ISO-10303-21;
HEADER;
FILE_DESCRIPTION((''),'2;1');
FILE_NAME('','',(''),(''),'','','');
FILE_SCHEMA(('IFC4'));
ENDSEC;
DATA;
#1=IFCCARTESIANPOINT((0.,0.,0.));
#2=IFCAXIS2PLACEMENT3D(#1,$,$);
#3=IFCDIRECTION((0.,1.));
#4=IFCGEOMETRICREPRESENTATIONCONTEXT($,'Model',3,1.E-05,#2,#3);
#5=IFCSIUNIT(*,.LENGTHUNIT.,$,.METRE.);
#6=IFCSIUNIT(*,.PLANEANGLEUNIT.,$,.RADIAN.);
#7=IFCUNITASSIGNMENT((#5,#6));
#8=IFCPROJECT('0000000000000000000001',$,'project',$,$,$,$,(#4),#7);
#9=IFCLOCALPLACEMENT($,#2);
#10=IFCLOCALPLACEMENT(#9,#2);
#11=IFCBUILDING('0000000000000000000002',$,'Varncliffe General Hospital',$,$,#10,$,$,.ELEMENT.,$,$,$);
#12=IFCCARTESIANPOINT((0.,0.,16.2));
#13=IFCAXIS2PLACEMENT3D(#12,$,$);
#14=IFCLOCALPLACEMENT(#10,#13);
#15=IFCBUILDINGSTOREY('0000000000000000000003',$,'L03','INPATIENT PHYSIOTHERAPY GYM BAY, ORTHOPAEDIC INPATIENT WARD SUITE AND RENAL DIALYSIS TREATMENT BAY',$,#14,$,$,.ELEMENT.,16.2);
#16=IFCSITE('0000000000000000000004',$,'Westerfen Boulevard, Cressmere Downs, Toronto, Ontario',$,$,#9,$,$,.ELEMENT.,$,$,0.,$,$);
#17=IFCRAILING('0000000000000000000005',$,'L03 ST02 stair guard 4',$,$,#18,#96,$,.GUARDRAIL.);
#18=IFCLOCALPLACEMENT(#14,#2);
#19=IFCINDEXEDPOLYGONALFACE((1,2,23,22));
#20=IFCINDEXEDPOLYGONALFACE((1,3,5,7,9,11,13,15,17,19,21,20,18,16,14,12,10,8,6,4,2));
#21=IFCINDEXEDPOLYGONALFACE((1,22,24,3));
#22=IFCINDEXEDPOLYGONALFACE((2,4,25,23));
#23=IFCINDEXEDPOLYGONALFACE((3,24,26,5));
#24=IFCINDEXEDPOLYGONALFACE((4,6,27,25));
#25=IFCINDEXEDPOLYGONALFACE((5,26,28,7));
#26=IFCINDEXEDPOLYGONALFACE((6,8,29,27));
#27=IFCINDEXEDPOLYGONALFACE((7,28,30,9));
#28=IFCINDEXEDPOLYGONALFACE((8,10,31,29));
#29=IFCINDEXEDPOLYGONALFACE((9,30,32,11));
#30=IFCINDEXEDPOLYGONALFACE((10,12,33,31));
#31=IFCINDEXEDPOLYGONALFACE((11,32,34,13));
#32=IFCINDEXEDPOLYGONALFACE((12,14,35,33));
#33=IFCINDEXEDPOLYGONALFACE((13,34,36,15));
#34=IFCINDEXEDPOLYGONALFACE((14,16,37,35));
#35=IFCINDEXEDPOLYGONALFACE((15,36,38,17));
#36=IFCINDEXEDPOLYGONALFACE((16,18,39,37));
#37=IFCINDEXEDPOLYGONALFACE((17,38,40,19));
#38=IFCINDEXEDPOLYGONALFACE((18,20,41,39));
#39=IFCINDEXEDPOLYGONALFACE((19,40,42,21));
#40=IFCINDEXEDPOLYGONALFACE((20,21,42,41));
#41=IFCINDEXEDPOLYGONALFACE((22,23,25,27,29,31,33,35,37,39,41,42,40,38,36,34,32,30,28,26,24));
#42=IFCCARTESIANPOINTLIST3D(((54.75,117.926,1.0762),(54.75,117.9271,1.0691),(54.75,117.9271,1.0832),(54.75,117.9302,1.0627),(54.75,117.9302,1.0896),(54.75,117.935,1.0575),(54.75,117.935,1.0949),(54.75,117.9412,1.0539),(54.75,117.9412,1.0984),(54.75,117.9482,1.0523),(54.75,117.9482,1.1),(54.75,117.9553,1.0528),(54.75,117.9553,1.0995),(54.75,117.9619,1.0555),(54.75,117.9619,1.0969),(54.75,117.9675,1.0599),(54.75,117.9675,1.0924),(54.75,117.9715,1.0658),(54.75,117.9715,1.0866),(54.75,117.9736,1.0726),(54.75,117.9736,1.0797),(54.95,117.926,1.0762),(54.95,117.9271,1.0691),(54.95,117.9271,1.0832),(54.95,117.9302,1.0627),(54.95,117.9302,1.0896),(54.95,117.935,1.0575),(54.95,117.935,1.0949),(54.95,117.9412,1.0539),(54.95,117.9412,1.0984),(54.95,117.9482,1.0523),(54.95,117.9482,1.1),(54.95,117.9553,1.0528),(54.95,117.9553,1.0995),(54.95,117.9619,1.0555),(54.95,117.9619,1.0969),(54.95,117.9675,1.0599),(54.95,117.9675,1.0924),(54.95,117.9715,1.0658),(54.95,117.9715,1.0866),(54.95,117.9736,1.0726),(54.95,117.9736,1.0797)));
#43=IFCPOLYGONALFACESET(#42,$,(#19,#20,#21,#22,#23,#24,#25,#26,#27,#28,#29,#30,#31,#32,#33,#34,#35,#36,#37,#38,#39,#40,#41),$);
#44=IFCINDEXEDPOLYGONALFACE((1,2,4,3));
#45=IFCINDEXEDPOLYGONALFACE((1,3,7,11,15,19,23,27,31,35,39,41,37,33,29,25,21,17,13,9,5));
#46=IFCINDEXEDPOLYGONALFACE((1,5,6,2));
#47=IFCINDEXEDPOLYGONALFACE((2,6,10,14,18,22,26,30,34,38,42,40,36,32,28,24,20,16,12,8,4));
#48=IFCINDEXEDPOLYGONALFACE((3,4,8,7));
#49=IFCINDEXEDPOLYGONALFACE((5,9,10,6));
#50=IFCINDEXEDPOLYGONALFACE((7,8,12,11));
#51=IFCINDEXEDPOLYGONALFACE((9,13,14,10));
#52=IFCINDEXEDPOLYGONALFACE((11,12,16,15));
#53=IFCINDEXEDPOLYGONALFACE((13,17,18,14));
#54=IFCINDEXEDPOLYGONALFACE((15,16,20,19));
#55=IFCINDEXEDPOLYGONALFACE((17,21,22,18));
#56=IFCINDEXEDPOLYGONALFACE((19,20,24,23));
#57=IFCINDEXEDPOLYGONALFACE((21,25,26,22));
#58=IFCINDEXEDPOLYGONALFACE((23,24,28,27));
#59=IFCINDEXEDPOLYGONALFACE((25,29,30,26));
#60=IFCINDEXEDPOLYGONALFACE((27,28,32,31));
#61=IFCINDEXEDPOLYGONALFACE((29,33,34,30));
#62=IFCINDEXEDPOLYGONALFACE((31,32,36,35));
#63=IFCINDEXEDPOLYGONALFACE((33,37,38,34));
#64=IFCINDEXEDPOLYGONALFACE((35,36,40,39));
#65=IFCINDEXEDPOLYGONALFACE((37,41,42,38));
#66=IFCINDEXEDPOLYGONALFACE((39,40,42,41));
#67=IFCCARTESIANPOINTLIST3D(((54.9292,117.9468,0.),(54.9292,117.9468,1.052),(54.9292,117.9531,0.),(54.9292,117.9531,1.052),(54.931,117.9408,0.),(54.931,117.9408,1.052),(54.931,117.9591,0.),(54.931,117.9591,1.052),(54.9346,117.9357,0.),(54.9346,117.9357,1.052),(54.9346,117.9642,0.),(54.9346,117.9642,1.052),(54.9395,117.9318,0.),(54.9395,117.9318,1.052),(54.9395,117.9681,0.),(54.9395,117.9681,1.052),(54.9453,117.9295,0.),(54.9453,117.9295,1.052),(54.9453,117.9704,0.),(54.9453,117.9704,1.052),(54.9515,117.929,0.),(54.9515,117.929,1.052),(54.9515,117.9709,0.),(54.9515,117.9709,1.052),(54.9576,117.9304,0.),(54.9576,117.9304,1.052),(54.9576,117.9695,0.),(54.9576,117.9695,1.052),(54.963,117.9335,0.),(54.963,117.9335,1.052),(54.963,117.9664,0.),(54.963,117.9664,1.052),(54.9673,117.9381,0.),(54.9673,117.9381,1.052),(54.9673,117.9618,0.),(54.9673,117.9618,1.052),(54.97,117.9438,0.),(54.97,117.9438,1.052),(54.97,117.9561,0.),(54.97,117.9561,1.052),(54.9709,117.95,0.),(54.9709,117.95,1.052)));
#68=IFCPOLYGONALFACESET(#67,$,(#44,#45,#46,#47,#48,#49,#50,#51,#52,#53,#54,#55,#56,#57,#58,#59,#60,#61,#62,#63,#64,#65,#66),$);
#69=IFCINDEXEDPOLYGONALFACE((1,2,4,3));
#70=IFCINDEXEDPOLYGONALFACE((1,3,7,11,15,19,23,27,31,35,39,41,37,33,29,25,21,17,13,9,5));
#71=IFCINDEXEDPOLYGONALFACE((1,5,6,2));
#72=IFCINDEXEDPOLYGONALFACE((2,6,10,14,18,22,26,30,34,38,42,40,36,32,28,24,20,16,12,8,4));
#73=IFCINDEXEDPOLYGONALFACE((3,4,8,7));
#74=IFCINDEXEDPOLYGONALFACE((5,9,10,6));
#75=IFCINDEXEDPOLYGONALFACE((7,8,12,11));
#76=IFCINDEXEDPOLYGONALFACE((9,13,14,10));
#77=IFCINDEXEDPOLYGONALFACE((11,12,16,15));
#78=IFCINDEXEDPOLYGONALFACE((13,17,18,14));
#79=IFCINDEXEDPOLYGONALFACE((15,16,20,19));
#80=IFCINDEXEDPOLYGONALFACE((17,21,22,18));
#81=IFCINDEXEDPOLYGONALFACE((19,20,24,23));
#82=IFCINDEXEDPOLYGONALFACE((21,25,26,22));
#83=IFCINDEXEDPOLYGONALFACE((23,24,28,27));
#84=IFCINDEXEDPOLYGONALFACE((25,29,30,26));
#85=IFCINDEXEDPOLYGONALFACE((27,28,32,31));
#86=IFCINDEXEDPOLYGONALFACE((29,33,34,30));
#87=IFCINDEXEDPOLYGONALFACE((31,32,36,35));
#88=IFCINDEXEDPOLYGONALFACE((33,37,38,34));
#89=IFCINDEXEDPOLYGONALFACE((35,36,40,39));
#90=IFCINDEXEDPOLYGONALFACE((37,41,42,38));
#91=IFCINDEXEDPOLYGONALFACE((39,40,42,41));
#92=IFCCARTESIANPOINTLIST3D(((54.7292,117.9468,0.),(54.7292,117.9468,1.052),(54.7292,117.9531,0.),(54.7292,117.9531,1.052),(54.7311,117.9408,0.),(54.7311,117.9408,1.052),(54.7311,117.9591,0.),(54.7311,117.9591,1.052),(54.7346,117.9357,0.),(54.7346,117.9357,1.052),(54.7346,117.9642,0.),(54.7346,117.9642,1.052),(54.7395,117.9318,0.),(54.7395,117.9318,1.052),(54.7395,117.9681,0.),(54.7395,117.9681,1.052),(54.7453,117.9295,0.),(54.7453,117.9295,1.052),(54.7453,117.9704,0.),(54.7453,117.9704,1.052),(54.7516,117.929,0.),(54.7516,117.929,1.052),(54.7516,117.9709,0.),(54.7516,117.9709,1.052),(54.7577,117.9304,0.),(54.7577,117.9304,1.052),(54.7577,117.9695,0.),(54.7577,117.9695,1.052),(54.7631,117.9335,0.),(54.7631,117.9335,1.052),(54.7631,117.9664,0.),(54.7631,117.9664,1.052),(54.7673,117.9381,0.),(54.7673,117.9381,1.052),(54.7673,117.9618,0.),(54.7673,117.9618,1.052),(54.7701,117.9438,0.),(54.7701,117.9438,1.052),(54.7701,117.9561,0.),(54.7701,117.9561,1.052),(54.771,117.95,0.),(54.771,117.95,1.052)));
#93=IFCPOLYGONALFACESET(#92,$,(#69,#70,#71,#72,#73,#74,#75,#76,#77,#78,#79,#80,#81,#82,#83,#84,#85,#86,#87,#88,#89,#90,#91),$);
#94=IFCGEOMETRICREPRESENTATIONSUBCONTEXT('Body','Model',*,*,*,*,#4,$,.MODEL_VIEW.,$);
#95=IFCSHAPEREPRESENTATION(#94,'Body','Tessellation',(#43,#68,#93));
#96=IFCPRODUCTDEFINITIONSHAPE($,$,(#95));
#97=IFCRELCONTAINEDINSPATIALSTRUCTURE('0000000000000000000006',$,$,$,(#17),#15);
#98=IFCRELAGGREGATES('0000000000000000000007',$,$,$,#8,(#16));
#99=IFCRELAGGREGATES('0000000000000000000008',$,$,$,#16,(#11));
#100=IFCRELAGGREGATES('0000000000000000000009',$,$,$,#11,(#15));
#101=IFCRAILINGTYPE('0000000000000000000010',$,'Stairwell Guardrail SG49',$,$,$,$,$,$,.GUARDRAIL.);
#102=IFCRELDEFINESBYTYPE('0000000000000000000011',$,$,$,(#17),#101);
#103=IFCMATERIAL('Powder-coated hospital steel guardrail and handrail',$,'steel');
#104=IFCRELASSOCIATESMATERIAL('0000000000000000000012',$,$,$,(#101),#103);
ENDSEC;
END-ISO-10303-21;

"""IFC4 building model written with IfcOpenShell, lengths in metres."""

from ifc_helpers import new_model, si_unit, direction, frame, origin, origin_2d, place, context, subcontext, project, spatial, circle, extrude, material, type_object, element, save


model = new_model("IFC4")

# Units and contexts
model_context = context("Model", 3, precision=1e-05, world=origin(), true_north=direction((0.0, 1.0)))
body_context = subcontext(model_context, "Body", "Model", "MODEL_VIEW")
ifc_project = project(units=[si_unit("LENGTHUNIT", "METRE"), si_unit("PLANEANGLEUNIT", "RADIAN")], contexts=[model_context])

# Site, building, storey
site_placement = place(None, origin())
site = spatial("IfcSite", under=ifc_project, at=site_placement, Name="Westerfen Boulevard, Cressmere Downs, Toronto, Ontario", CompositionType="ELEMENT", RefElevation=0.0)
building_placement = place(site_placement, origin())
building = spatial("IfcBuilding", under=site, at=building_placement, Name="Varncliffe General Hospital", CompositionType="ELEMENT")
storey_placement = place(building_placement, frame((0.0, 0.0, 16.2)))
storey = spatial("IfcBuildingStorey", under=building, at=storey_placement, Name="L03", Description="INPATIENT PHYSIOTHERAPY GYM BAY, ORTHOPAEDIC INPATIENT WARD SUITE AND RENAL DIALYSIS TREATMENT BAY", CompositionType="ELEMENT", Elevation=16.2)

# Railing
ifc_material_1 = material(Name="Powder-coated hospital steel guardrail and handrail", Category="steel")
railing_type_1 = type_object("IfcRailingType", Name="Stairwell Guardrail SG49", PredefinedType="GUARDRAIL", material=ifc_material_1)
railing_1_placement = place(storey_placement, frame((54.95, 117.95, 0.0)))
element("IfcRailing", 1, at=railing_1_placement, inside=storey, type_object=railing_type_1, Name="L03 ST02 stair guard 4", PredefinedType="GUARDRAIL", context=body_context, shape_type="SweptSolid", body=[
    extrude(circle(Radius=0.0239, at=origin_2d()), frame((0.0, 0.0, 1.0762), z_axis=(-1.0, 0.0, 0.0), x_axis=(0.0, -1.0, 0.0)), (0.0, 0.0, 1.0), 0.2),
    extrude(circle(Radius=0.021, at=origin_2d()), origin(), (0.0, 0.0, 1.0), 1.052),
    extrude(circle(Radius=0.021, at=origin_2d()), frame((-0.2, 0.0, 0.0)), (0.0, 0.0, 1.0), 1.052),
])

save(model, "model.ifc")
